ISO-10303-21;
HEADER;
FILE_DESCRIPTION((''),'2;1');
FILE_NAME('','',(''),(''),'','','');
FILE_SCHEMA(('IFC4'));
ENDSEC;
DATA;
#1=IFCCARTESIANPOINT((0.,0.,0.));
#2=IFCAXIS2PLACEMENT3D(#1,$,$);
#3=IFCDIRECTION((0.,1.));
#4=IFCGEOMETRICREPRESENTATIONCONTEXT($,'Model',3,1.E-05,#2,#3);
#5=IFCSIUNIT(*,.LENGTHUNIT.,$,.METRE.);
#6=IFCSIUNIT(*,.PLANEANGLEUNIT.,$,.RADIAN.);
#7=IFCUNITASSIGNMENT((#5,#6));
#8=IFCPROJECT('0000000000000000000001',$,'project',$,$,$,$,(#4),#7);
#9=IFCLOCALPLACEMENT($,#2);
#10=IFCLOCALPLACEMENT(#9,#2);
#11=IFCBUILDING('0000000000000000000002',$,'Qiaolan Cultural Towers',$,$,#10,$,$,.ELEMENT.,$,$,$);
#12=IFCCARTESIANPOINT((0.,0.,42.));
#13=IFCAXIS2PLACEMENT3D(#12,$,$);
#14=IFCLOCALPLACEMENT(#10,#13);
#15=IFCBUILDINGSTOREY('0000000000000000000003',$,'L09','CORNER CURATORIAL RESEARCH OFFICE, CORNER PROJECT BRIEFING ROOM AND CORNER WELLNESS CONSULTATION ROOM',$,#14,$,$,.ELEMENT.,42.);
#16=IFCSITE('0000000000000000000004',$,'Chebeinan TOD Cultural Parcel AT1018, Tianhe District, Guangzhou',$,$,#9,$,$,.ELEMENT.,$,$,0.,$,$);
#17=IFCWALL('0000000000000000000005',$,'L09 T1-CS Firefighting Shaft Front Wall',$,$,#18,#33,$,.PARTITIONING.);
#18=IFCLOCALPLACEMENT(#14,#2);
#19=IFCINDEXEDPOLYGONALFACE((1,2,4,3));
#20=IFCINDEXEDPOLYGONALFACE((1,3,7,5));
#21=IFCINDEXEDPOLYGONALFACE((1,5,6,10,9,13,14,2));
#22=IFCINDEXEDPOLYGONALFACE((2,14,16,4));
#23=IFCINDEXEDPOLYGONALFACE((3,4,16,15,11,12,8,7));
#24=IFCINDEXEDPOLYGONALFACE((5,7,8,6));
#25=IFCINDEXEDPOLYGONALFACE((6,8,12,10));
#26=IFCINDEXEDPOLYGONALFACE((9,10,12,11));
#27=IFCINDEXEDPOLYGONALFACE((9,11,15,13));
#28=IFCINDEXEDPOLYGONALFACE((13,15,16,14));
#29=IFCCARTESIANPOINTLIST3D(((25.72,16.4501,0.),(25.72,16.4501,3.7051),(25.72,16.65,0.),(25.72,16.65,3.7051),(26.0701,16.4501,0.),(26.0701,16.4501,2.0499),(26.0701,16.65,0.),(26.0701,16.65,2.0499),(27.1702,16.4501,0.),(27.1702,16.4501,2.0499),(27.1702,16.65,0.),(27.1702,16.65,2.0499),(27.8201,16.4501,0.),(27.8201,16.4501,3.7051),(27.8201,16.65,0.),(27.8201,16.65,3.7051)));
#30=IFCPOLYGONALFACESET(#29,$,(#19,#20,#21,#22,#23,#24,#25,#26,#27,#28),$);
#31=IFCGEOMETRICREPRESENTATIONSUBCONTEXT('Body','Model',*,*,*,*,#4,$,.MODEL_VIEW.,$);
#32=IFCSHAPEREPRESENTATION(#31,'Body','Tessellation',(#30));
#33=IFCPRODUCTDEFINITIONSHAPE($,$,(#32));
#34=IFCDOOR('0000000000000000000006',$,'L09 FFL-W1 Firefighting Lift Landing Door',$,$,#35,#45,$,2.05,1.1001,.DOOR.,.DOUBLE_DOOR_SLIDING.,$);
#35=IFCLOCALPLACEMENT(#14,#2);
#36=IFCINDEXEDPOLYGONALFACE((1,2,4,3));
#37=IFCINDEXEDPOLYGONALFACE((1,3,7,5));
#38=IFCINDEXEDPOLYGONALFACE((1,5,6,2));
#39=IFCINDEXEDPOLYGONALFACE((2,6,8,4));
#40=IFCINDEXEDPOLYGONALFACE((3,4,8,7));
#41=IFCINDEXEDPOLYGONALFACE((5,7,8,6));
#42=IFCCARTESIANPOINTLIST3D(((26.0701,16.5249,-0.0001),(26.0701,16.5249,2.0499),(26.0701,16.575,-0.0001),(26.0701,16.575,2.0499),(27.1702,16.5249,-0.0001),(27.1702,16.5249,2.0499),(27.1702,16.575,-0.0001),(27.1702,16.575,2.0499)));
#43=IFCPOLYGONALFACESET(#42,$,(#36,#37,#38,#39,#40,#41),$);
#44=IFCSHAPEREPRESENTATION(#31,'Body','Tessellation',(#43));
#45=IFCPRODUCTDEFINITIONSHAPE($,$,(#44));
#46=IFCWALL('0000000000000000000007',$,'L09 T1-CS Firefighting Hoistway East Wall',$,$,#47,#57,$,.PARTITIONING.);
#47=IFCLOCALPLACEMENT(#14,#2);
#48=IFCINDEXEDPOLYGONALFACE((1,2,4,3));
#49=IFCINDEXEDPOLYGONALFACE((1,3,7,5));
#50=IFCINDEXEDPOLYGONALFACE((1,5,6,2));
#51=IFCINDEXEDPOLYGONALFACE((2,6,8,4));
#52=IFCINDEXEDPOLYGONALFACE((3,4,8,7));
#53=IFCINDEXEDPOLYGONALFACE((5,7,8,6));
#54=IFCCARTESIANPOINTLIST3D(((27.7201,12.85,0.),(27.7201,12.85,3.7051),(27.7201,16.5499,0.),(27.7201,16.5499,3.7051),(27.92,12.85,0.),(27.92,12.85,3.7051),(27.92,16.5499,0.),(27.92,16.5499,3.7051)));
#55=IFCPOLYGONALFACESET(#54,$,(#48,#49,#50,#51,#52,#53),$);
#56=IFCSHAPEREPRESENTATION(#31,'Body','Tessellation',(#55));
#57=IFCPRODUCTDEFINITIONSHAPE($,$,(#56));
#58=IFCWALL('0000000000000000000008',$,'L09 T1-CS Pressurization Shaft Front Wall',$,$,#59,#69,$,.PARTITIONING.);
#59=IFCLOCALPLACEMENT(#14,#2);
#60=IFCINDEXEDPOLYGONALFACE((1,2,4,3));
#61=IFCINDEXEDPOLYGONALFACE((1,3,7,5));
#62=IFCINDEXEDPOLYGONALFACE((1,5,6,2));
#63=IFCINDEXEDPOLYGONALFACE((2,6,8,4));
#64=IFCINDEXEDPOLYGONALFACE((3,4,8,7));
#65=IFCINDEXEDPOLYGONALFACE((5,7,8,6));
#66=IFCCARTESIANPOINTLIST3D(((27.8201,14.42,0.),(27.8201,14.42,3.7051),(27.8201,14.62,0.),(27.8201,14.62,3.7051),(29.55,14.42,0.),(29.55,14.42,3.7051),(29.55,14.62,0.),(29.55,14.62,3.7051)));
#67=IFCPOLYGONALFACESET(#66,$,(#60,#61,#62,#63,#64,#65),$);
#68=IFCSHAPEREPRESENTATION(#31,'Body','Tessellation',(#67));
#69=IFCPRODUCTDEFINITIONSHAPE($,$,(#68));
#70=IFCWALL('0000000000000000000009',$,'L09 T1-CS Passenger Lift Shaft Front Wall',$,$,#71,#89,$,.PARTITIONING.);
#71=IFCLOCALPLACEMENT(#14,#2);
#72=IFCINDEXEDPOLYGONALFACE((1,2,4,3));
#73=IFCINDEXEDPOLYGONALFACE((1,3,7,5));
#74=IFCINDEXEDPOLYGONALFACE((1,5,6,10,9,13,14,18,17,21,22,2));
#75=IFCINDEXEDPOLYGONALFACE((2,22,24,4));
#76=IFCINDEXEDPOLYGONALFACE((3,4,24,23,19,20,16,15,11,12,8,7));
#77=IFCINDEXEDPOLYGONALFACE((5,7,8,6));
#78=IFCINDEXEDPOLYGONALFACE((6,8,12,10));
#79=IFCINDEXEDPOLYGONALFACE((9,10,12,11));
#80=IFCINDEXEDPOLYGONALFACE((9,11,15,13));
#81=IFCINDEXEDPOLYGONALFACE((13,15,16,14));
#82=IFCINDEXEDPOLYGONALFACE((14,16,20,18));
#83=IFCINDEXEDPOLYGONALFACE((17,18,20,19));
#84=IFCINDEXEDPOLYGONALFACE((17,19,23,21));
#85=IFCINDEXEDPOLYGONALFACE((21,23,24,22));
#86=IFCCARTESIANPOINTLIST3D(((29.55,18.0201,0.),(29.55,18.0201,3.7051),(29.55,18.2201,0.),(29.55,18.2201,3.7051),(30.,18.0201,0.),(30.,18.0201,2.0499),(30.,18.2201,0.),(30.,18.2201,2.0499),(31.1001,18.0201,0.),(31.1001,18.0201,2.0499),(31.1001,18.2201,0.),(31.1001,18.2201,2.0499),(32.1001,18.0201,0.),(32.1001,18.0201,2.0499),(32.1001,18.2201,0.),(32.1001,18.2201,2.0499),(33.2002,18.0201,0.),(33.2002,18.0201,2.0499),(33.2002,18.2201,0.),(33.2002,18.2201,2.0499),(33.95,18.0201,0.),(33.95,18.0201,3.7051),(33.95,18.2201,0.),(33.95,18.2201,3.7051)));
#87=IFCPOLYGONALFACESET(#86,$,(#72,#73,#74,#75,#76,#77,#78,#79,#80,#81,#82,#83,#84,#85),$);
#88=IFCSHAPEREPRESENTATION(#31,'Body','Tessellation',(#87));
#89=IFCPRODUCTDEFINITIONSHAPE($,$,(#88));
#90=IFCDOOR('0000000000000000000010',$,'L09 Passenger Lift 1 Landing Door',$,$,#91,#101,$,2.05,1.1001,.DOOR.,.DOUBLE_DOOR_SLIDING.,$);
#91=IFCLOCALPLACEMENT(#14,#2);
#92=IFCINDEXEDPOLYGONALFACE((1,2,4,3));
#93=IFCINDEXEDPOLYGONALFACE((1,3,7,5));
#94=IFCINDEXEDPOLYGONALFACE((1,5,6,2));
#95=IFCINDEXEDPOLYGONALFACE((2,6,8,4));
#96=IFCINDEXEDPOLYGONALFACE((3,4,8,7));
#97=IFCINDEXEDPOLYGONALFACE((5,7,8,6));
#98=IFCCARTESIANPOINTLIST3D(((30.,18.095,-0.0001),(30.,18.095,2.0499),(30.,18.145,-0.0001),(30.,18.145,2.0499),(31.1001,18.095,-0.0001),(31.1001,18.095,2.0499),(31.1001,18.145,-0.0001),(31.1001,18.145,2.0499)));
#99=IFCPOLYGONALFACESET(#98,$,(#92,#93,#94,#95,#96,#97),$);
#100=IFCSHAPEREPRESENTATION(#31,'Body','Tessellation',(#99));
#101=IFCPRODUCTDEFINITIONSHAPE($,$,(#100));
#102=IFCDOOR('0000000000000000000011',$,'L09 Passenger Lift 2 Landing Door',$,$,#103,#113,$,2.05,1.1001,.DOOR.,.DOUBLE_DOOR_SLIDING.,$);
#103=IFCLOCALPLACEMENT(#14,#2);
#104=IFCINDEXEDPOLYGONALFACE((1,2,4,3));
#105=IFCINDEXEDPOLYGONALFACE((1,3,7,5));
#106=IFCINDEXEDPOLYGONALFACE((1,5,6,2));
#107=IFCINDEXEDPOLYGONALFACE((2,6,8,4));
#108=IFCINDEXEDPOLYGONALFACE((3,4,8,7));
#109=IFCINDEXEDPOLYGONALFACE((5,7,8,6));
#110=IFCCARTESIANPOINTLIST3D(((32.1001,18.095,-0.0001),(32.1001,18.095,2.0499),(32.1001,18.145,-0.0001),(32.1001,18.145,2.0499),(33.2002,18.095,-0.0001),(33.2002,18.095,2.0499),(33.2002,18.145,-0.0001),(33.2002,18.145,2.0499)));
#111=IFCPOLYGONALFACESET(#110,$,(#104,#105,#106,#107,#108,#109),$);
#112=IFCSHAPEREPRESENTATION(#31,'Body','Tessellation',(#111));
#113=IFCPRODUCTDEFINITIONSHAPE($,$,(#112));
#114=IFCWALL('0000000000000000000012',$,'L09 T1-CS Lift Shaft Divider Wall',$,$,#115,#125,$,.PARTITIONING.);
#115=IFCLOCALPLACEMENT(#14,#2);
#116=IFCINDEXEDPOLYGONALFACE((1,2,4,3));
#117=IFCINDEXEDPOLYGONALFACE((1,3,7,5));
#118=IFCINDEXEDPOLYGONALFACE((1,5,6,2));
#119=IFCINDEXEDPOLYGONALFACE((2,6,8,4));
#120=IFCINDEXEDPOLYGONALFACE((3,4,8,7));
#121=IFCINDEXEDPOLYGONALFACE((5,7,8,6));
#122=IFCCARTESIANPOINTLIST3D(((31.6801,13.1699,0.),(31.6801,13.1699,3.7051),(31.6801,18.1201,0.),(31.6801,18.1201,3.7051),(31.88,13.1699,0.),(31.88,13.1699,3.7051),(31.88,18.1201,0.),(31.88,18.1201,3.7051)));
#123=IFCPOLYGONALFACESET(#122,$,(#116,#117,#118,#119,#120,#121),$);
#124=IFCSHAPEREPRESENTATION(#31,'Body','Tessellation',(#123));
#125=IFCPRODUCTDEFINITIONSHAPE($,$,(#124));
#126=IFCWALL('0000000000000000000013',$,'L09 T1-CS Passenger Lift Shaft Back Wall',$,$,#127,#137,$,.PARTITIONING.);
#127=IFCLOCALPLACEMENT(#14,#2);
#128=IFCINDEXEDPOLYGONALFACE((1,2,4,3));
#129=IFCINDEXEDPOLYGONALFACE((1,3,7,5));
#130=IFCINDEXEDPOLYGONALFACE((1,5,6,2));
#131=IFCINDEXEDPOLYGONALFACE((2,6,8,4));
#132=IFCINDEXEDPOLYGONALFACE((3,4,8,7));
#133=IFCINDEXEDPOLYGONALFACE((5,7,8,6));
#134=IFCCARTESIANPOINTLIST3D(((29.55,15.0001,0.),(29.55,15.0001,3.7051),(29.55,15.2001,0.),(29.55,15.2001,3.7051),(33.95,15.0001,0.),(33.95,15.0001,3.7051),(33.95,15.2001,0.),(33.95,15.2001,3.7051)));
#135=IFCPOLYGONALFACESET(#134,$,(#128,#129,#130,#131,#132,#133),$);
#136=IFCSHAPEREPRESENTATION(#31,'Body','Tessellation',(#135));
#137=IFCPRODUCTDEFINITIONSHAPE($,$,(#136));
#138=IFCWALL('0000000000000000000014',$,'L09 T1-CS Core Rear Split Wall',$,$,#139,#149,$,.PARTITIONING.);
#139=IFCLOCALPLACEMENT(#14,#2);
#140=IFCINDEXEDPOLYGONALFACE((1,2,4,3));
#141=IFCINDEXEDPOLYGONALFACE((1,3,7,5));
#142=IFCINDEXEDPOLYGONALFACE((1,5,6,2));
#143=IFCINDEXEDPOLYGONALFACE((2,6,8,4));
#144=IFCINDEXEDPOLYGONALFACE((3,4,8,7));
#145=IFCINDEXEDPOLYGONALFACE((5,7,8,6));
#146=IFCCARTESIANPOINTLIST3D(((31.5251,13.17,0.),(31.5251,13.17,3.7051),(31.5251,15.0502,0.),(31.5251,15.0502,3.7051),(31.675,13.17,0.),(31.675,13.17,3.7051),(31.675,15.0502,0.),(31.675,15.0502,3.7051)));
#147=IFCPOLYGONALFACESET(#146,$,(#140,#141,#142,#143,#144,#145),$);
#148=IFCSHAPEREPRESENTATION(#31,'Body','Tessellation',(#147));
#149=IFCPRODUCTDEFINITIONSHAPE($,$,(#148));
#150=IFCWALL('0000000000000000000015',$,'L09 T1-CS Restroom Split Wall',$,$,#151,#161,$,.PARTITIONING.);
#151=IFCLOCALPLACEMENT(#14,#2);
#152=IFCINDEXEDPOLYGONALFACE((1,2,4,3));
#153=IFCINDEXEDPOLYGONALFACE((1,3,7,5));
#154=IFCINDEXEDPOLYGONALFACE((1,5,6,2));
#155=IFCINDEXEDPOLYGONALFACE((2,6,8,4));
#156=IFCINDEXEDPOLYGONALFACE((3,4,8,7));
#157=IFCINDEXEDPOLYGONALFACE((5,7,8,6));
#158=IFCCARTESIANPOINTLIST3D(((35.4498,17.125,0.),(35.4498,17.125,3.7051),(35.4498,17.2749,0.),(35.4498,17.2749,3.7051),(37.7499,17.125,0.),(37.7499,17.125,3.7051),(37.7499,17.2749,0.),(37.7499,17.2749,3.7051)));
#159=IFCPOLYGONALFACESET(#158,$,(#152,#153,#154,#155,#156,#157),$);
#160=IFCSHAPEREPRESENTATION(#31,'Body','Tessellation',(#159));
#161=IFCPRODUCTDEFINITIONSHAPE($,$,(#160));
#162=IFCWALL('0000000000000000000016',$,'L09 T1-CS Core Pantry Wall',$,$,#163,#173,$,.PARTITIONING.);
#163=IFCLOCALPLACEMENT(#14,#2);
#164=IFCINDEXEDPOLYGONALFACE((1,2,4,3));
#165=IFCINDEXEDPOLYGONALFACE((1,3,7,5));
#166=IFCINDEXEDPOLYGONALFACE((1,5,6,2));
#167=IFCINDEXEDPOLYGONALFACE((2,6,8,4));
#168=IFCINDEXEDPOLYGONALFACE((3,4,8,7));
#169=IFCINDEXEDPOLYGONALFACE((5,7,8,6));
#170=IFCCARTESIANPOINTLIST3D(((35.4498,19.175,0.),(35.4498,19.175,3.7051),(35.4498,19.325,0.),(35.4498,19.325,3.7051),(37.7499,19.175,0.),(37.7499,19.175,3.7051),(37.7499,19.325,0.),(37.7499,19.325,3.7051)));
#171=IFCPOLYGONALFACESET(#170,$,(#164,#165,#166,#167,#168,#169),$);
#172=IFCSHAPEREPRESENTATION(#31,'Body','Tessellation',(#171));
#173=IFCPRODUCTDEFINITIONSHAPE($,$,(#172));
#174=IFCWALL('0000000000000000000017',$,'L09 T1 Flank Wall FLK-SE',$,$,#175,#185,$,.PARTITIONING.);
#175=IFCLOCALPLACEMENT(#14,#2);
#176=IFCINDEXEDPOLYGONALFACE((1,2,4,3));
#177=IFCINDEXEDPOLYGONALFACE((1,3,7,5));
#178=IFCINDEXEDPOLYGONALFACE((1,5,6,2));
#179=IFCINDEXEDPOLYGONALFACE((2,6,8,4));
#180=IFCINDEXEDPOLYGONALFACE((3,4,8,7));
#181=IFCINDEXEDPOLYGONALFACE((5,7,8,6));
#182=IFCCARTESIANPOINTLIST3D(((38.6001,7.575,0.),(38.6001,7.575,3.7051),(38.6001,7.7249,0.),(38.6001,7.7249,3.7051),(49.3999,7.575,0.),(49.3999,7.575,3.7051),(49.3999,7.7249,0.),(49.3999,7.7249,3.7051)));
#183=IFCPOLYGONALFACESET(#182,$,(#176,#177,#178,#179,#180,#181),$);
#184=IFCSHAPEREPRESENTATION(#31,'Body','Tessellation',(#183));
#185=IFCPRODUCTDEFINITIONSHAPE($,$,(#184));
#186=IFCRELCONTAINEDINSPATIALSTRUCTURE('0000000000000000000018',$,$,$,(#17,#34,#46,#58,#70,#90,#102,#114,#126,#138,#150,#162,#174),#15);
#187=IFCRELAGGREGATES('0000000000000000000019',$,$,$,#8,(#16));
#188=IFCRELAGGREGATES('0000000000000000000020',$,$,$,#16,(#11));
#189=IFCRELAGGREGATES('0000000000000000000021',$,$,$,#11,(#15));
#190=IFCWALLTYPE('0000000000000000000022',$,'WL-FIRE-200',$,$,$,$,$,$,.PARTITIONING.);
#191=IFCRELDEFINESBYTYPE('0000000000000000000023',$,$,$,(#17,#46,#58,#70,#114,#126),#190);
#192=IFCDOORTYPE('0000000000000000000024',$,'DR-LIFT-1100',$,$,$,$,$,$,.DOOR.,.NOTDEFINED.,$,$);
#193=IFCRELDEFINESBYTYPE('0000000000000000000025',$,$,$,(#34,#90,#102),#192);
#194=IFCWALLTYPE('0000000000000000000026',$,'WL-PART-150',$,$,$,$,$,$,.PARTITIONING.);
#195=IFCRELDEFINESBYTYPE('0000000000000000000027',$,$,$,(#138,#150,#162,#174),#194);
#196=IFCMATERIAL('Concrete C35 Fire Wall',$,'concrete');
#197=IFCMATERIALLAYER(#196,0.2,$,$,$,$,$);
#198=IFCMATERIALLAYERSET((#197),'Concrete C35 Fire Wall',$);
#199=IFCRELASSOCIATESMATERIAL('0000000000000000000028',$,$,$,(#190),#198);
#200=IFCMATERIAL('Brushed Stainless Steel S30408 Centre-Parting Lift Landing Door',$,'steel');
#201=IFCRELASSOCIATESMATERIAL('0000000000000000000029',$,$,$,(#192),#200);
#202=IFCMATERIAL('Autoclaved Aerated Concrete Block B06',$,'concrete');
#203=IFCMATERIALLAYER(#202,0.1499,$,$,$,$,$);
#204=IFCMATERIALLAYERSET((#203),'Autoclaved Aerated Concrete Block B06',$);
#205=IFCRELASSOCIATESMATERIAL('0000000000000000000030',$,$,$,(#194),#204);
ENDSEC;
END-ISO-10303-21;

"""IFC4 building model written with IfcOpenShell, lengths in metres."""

from ifc_helpers import new_model, si_unit, direction, frame, frame_2d, origin, place, context, subcontext, project, spatial, rectangle, extrude, material, layer, layer_set, type_object, element, fill, save


model = new_model("IFC4")

# Units and contexts
model_context = context("Model", 3, precision=1e-05, world=origin(), true_north=direction((0.0, 1.0)))
body_context = subcontext(model_context, "Body", "Model", "MODEL_VIEW")
ifc_project = project(units=[si_unit("LENGTHUNIT", "METRE"), si_unit("PLANEANGLEUNIT", "RADIAN")], contexts=[model_context])

# Site, building, storey
site_placement = place(None, origin())
site = spatial("IfcSite", under=ifc_project, at=site_placement, Name="Chebeinan TOD Cultural Parcel AT1018, Tianhe District, Guangzhou", CompositionType="ELEMENT", RefElevation=0.0)
building_placement = place(site_placement, origin())
building = spatial("IfcBuilding", under=site, at=building_placement, Name="Qiaolan Cultural Towers", CompositionType="ELEMENT")
storey_placement = place(building_placement, frame((0.0, 0.0, 42.0)))
storey = spatial("IfcBuildingStorey", under=building, at=storey_placement, Name="L09", Description="CORNER CURATORIAL RESEARCH OFFICE, CORNER PROJECT BRIEFING ROOM AND CORNER WELLNESS CONSULTATION ROOM", CompositionType="ELEMENT", Elevation=42.0)

# Wall, opening, door
ifc_material_1 = material(Name="Concrete C35 Fire Wall", Category="concrete")
ifc_layer_1 = layer(ifc_material_1, 0.2)
ifc_layer_set_1 = layer_set([ifc_layer_1], Name="Concrete C35 Fire Wall")
wall_type_1 = type_object("IfcWallType", Name="WL-FIRE-200", PredefinedType="PARTITIONING", material=ifc_layer_set_1)
wall_1_placement = place(storey_placement, frame((25.72, 16.55, 0.0), z_axis=(0.0, 0.0, 1.0), x_axis=(1.0, 0.0, 0.0)))
wall_1 = element("IfcWall", 1, at=wall_1_placement, inside=storey, type_object=wall_type_1, Name="L09 T1-CS Firefighting Shaft Front Wall", PredefinedType="PARTITIONING", context=body_context, shape_type="SweptSolid", body=[
    extrude(rectangle(XDim=2.1001, YDim=0.2, at=frame_2d((1.05, 0.0))), origin(), (0.0, 0.0, 1.0), 3.7051),
])
opening_1_placement = place(wall_1_placement, frame((0.3501, 0.0, 0.0)))
opening_1 = element("IfcOpeningElement", 2, at=opening_1_placement, cuts=wall_1, PredefinedType="OPENING", context=body_context, shape_type="SweptSolid", body=[
    extrude(rectangle(XDim=1.1001, YDim=2.05, at=frame_2d((0.55, 1.0249))), frame((0.0, 0.1099, 0.0), z_axis=(0.0, -1.0, 0.0), x_axis=(1.0, 0.0, 0.0)), (0.0, 0.0, 1.0), 0.22),
])
ifc_material_2 = material(Name="Brushed Stainless Steel S30408 Centre-Parting Lift Landing Door", Category="steel")
door_type = type_object("IfcDoorType", Name="DR-LIFT-1100", OperationType="NOTDEFINED", PredefinedType="DOOR", material=ifc_material_2)
door_1_placement = place(opening_1_placement, origin())
door_1 = element("IfcDoor", 3, at=door_1_placement, inside=storey, type_object=door_type, Name="L09 FFL-W1 Firefighting Lift Landing Door", OperationType="DOUBLE_DOOR_SLIDING", OverallHeight=2.05, OverallWidth=1.1001, PredefinedType="DOOR", context=body_context, shape_type="SweptSolid", body=[
    extrude(rectangle(XDim=1.1001, YDim=2.05, at=frame_2d((0.55, 1.0249))), frame((0.0, 0.0249, 0.0), z_axis=(0.0, -1.0, 0.0), x_axis=(1.0, 0.0, 0.0)), (0.0, 0.0, 1.0), 0.05),
])
fill(opening_1, door_1)

# Walls
wall_2_placement = place(storey_placement, frame((27.8201, 16.55, 0.0), z_axis=(0.0, 0.0, 1.0), x_axis=(0.0, -1.0, 0.0)))
element("IfcWall", 4, at=wall_2_placement, inside=storey, type_object=wall_type_1, Name="L09 T1-CS Firefighting Hoistway East Wall", PredefinedType="PARTITIONING", context=body_context, shape_type="SweptSolid", body=[
    extrude(rectangle(XDim=3.7, YDim=0.2, at=frame_2d((1.8501, 0.0))), origin(), (0.0, 0.0, 1.0), 3.7051),
])
wall_3_placement = place(storey_placement, frame((27.8201, 14.52, 0.0), z_axis=(0.0, 0.0, 1.0), x_axis=(1.0, 0.0, 0.0)))
element("IfcWall", 5, at=wall_3_placement, inside=storey, type_object=wall_type_1, Name="L09 T1-CS Pressurization Shaft Front Wall", PredefinedType="PARTITIONING", context=body_context, shape_type="SweptSolid", body=[
    extrude(rectangle(XDim=1.73, YDim=0.2, at=frame_2d((0.865, 0.0))), origin(), (0.0, 0.0, 1.0), 3.7051),
])

# Wall, openings, doors
wall_4_placement = place(storey_placement, frame((29.55, 18.1201, 0.0), z_axis=(0.0, 0.0, 1.0), x_axis=(1.0, 0.0, 0.0)))
wall_4 = element("IfcWall", 6, at=wall_4_placement, inside=storey, type_object=wall_type_1, Name="L09 T1-CS Passenger Lift Shaft Front Wall", PredefinedType="PARTITIONING", context=body_context, shape_type="SweptSolid", body=[
    extrude(rectangle(XDim=4.3999, YDim=0.2, at=frame_2d((2.2, 0.0))), origin(), (0.0, 0.0, 1.0), 3.7051),
])
opening_2_placement = place(wall_4_placement, frame((0.45, 0.0, 0.0)))
opening_2 = element("IfcOpeningElement", 7, at=opening_2_placement, cuts=wall_4, PredefinedType="OPENING", context=body_context, shape_type="SweptSolid", body=[
    extrude(rectangle(XDim=1.1001, YDim=2.05, at=frame_2d((0.55, 1.0249))), frame((0.0, 0.1099, 0.0), z_axis=(0.0, -1.0, 0.0), x_axis=(1.0, 0.0, 0.0)), (0.0, 0.0, 1.0), 0.22),
])
opening_3_placement = place(wall_4_placement, frame((2.55, 0.0, 0.0)))
opening_3 = element("IfcOpeningElement", 8, at=opening_3_placement, cuts=wall_4, PredefinedType="OPENING", context=body_context, shape_type="SweptSolid", body=[
    extrude(rectangle(XDim=1.1001, YDim=2.05, at=frame_2d((0.55, 1.0249))), frame((0.0, 0.1099, 0.0), z_axis=(0.0, -1.0, 0.0), x_axis=(1.0, 0.0, 0.0)), (0.0, 0.0, 1.0), 0.22),
])
door_2_placement = place(opening_2_placement, origin())
door_2 = element("IfcDoor", 9, at=door_2_placement, inside=storey, type_object=door_type, Name="L09 Passenger Lift 1 Landing Door", OperationType="DOUBLE_DOOR_SLIDING", OverallHeight=2.05, OverallWidth=1.1001, PredefinedType="DOOR", context=body_context, shape_type="SweptSolid", body=[
    extrude(rectangle(XDim=1.1001, YDim=2.05, at=frame_2d((0.55, 1.0249))), frame((0.0, 0.0249, 0.0), z_axis=(0.0, -1.0, 0.0), x_axis=(1.0, 0.0, 0.0)), (0.0, 0.0, 1.0), 0.05),
])
fill(opening_2, door_2)
door_3_placement = place(opening_3_placement, origin())
door_3 = element("IfcDoor", 10, at=door_3_placement, inside=storey, type_object=door_type, Name="L09 Passenger Lift 2 Landing Door", OperationType="DOUBLE_DOOR_SLIDING", OverallHeight=2.05, OverallWidth=1.1001, PredefinedType="DOOR", context=body_context, shape_type="SweptSolid", body=[
    extrude(rectangle(XDim=1.1001, YDim=2.05, at=frame_2d((0.55, 1.0249))), frame((0.0, 0.0249, 0.0), z_axis=(0.0, -1.0, 0.0), x_axis=(1.0, 0.0, 0.0)), (0.0, 0.0, 1.0), 0.05),
])
fill(opening_3, door_3)

# Walls
wall_5_placement = place(storey_placement, frame((31.78, 18.1201, 0.0), z_axis=(0.0, 0.0, 1.0), x_axis=(0.0, -1.0, 0.0)))
element("IfcWall", 11, at=wall_5_placement, inside=storey, type_object=wall_type_1, Name="L09 T1-CS Lift Shaft Divider Wall", PredefinedType="PARTITIONING", context=body_context, shape_type="SweptSolid", body=[
    extrude(rectangle(XDim=4.9502, YDim=0.2, at=frame_2d((2.4751, 0.0))), origin(), (0.0, 0.0, 1.0), 3.7051),
])
wall_6_placement = place(storey_placement, frame((29.55, 15.1001, 0.0), z_axis=(0.0, 0.0, 1.0), x_axis=(1.0, 0.0, 0.0)))
element("IfcWall", 12, at=wall_6_placement, inside=storey, type_object=wall_type_1, Name="L09 T1-CS Passenger Lift Shaft Back Wall", PredefinedType="PARTITIONING", context=body_context, shape_type="SweptSolid", body=[
    extrude(rectangle(XDim=4.3999, YDim=0.2, at=frame_2d((2.2, 0.0))), origin(), (0.0, 0.0, 1.0), 3.7051),
])
ifc_material_3 = material(Name="Autoclaved Aerated Concrete Block B06", Category="concrete")
ifc_layer_2 = layer(ifc_material_3, 0.1499)
ifc_layer_set_2 = layer_set([ifc_layer_2], Name="Autoclaved Aerated Concrete Block B06")
wall_type_2 = type_object("IfcWallType", Name="WL-PART-150", PredefinedType="PARTITIONING", material=ifc_layer_set_2)
wall_7_placement = place(storey_placement, frame((31.6001, 15.05, 0.0), z_axis=(0.0, 0.0, 1.0), x_axis=(0.0, -1.0, 0.0)))
element("IfcWall", 13, at=wall_7_placement, inside=storey, type_object=wall_type_2, Name="L09 T1-CS Core Rear Split Wall", PredefinedType="PARTITIONING", context=body_context, shape_type="SweptSolid", body=[
    extrude(rectangle(XDim=1.8801, YDim=0.1499, at=frame_2d((0.9399, 0.0))), origin(), (0.0, 0.0, 1.0), 3.7051),
])
for number, where, z_axis, x_axis, name in (
    (14, (35.45, 17.2, 0.0), (0.0, 0.0, 1.0), (1.0, 0.0, 0.0), "L09 T1-CS Restroom Split Wall"),
    (15, (35.45, 19.25, 0.0), (0.0, 0.0, 1.0), (1.0, 0.0, 0.0), "L09 T1-CS Core Pantry Wall"),
):
    element("IfcWall", number, at=place(storey_placement, frame(where, z_axis=z_axis, x_axis=x_axis)), inside=storey, type_object=wall_type_2, Name=name, PredefinedType="PARTITIONING", context=body_context, shape_type="SweptSolid", body=[
        extrude(rectangle(XDim=2.3, YDim=0.1499, at=frame_2d((1.1499, 0.0))), origin(), (0.0, 0.0, 1.0), 3.7051),
    ])
wall_8_placement = place(storey_placement, frame((38.6001, 7.6499, 0.0), z_axis=(0.0, 0.0, 1.0), x_axis=(1.0, 0.0, 0.0)))
element("IfcWall", 16, at=wall_8_placement, inside=storey, type_object=wall_type_2, Name="L09 T1 Flank Wall FLK-SE", PredefinedType="PARTITIONING", context=body_context, shape_type="SweptSolid", body=[
    extrude(rectangle(XDim=10.7998, YDim=0.1499, at=frame_2d((5.3999, 0.0))), origin(), (0.0, 0.0, 1.0), 3.7051),
])

save(model, "model.ifc")
